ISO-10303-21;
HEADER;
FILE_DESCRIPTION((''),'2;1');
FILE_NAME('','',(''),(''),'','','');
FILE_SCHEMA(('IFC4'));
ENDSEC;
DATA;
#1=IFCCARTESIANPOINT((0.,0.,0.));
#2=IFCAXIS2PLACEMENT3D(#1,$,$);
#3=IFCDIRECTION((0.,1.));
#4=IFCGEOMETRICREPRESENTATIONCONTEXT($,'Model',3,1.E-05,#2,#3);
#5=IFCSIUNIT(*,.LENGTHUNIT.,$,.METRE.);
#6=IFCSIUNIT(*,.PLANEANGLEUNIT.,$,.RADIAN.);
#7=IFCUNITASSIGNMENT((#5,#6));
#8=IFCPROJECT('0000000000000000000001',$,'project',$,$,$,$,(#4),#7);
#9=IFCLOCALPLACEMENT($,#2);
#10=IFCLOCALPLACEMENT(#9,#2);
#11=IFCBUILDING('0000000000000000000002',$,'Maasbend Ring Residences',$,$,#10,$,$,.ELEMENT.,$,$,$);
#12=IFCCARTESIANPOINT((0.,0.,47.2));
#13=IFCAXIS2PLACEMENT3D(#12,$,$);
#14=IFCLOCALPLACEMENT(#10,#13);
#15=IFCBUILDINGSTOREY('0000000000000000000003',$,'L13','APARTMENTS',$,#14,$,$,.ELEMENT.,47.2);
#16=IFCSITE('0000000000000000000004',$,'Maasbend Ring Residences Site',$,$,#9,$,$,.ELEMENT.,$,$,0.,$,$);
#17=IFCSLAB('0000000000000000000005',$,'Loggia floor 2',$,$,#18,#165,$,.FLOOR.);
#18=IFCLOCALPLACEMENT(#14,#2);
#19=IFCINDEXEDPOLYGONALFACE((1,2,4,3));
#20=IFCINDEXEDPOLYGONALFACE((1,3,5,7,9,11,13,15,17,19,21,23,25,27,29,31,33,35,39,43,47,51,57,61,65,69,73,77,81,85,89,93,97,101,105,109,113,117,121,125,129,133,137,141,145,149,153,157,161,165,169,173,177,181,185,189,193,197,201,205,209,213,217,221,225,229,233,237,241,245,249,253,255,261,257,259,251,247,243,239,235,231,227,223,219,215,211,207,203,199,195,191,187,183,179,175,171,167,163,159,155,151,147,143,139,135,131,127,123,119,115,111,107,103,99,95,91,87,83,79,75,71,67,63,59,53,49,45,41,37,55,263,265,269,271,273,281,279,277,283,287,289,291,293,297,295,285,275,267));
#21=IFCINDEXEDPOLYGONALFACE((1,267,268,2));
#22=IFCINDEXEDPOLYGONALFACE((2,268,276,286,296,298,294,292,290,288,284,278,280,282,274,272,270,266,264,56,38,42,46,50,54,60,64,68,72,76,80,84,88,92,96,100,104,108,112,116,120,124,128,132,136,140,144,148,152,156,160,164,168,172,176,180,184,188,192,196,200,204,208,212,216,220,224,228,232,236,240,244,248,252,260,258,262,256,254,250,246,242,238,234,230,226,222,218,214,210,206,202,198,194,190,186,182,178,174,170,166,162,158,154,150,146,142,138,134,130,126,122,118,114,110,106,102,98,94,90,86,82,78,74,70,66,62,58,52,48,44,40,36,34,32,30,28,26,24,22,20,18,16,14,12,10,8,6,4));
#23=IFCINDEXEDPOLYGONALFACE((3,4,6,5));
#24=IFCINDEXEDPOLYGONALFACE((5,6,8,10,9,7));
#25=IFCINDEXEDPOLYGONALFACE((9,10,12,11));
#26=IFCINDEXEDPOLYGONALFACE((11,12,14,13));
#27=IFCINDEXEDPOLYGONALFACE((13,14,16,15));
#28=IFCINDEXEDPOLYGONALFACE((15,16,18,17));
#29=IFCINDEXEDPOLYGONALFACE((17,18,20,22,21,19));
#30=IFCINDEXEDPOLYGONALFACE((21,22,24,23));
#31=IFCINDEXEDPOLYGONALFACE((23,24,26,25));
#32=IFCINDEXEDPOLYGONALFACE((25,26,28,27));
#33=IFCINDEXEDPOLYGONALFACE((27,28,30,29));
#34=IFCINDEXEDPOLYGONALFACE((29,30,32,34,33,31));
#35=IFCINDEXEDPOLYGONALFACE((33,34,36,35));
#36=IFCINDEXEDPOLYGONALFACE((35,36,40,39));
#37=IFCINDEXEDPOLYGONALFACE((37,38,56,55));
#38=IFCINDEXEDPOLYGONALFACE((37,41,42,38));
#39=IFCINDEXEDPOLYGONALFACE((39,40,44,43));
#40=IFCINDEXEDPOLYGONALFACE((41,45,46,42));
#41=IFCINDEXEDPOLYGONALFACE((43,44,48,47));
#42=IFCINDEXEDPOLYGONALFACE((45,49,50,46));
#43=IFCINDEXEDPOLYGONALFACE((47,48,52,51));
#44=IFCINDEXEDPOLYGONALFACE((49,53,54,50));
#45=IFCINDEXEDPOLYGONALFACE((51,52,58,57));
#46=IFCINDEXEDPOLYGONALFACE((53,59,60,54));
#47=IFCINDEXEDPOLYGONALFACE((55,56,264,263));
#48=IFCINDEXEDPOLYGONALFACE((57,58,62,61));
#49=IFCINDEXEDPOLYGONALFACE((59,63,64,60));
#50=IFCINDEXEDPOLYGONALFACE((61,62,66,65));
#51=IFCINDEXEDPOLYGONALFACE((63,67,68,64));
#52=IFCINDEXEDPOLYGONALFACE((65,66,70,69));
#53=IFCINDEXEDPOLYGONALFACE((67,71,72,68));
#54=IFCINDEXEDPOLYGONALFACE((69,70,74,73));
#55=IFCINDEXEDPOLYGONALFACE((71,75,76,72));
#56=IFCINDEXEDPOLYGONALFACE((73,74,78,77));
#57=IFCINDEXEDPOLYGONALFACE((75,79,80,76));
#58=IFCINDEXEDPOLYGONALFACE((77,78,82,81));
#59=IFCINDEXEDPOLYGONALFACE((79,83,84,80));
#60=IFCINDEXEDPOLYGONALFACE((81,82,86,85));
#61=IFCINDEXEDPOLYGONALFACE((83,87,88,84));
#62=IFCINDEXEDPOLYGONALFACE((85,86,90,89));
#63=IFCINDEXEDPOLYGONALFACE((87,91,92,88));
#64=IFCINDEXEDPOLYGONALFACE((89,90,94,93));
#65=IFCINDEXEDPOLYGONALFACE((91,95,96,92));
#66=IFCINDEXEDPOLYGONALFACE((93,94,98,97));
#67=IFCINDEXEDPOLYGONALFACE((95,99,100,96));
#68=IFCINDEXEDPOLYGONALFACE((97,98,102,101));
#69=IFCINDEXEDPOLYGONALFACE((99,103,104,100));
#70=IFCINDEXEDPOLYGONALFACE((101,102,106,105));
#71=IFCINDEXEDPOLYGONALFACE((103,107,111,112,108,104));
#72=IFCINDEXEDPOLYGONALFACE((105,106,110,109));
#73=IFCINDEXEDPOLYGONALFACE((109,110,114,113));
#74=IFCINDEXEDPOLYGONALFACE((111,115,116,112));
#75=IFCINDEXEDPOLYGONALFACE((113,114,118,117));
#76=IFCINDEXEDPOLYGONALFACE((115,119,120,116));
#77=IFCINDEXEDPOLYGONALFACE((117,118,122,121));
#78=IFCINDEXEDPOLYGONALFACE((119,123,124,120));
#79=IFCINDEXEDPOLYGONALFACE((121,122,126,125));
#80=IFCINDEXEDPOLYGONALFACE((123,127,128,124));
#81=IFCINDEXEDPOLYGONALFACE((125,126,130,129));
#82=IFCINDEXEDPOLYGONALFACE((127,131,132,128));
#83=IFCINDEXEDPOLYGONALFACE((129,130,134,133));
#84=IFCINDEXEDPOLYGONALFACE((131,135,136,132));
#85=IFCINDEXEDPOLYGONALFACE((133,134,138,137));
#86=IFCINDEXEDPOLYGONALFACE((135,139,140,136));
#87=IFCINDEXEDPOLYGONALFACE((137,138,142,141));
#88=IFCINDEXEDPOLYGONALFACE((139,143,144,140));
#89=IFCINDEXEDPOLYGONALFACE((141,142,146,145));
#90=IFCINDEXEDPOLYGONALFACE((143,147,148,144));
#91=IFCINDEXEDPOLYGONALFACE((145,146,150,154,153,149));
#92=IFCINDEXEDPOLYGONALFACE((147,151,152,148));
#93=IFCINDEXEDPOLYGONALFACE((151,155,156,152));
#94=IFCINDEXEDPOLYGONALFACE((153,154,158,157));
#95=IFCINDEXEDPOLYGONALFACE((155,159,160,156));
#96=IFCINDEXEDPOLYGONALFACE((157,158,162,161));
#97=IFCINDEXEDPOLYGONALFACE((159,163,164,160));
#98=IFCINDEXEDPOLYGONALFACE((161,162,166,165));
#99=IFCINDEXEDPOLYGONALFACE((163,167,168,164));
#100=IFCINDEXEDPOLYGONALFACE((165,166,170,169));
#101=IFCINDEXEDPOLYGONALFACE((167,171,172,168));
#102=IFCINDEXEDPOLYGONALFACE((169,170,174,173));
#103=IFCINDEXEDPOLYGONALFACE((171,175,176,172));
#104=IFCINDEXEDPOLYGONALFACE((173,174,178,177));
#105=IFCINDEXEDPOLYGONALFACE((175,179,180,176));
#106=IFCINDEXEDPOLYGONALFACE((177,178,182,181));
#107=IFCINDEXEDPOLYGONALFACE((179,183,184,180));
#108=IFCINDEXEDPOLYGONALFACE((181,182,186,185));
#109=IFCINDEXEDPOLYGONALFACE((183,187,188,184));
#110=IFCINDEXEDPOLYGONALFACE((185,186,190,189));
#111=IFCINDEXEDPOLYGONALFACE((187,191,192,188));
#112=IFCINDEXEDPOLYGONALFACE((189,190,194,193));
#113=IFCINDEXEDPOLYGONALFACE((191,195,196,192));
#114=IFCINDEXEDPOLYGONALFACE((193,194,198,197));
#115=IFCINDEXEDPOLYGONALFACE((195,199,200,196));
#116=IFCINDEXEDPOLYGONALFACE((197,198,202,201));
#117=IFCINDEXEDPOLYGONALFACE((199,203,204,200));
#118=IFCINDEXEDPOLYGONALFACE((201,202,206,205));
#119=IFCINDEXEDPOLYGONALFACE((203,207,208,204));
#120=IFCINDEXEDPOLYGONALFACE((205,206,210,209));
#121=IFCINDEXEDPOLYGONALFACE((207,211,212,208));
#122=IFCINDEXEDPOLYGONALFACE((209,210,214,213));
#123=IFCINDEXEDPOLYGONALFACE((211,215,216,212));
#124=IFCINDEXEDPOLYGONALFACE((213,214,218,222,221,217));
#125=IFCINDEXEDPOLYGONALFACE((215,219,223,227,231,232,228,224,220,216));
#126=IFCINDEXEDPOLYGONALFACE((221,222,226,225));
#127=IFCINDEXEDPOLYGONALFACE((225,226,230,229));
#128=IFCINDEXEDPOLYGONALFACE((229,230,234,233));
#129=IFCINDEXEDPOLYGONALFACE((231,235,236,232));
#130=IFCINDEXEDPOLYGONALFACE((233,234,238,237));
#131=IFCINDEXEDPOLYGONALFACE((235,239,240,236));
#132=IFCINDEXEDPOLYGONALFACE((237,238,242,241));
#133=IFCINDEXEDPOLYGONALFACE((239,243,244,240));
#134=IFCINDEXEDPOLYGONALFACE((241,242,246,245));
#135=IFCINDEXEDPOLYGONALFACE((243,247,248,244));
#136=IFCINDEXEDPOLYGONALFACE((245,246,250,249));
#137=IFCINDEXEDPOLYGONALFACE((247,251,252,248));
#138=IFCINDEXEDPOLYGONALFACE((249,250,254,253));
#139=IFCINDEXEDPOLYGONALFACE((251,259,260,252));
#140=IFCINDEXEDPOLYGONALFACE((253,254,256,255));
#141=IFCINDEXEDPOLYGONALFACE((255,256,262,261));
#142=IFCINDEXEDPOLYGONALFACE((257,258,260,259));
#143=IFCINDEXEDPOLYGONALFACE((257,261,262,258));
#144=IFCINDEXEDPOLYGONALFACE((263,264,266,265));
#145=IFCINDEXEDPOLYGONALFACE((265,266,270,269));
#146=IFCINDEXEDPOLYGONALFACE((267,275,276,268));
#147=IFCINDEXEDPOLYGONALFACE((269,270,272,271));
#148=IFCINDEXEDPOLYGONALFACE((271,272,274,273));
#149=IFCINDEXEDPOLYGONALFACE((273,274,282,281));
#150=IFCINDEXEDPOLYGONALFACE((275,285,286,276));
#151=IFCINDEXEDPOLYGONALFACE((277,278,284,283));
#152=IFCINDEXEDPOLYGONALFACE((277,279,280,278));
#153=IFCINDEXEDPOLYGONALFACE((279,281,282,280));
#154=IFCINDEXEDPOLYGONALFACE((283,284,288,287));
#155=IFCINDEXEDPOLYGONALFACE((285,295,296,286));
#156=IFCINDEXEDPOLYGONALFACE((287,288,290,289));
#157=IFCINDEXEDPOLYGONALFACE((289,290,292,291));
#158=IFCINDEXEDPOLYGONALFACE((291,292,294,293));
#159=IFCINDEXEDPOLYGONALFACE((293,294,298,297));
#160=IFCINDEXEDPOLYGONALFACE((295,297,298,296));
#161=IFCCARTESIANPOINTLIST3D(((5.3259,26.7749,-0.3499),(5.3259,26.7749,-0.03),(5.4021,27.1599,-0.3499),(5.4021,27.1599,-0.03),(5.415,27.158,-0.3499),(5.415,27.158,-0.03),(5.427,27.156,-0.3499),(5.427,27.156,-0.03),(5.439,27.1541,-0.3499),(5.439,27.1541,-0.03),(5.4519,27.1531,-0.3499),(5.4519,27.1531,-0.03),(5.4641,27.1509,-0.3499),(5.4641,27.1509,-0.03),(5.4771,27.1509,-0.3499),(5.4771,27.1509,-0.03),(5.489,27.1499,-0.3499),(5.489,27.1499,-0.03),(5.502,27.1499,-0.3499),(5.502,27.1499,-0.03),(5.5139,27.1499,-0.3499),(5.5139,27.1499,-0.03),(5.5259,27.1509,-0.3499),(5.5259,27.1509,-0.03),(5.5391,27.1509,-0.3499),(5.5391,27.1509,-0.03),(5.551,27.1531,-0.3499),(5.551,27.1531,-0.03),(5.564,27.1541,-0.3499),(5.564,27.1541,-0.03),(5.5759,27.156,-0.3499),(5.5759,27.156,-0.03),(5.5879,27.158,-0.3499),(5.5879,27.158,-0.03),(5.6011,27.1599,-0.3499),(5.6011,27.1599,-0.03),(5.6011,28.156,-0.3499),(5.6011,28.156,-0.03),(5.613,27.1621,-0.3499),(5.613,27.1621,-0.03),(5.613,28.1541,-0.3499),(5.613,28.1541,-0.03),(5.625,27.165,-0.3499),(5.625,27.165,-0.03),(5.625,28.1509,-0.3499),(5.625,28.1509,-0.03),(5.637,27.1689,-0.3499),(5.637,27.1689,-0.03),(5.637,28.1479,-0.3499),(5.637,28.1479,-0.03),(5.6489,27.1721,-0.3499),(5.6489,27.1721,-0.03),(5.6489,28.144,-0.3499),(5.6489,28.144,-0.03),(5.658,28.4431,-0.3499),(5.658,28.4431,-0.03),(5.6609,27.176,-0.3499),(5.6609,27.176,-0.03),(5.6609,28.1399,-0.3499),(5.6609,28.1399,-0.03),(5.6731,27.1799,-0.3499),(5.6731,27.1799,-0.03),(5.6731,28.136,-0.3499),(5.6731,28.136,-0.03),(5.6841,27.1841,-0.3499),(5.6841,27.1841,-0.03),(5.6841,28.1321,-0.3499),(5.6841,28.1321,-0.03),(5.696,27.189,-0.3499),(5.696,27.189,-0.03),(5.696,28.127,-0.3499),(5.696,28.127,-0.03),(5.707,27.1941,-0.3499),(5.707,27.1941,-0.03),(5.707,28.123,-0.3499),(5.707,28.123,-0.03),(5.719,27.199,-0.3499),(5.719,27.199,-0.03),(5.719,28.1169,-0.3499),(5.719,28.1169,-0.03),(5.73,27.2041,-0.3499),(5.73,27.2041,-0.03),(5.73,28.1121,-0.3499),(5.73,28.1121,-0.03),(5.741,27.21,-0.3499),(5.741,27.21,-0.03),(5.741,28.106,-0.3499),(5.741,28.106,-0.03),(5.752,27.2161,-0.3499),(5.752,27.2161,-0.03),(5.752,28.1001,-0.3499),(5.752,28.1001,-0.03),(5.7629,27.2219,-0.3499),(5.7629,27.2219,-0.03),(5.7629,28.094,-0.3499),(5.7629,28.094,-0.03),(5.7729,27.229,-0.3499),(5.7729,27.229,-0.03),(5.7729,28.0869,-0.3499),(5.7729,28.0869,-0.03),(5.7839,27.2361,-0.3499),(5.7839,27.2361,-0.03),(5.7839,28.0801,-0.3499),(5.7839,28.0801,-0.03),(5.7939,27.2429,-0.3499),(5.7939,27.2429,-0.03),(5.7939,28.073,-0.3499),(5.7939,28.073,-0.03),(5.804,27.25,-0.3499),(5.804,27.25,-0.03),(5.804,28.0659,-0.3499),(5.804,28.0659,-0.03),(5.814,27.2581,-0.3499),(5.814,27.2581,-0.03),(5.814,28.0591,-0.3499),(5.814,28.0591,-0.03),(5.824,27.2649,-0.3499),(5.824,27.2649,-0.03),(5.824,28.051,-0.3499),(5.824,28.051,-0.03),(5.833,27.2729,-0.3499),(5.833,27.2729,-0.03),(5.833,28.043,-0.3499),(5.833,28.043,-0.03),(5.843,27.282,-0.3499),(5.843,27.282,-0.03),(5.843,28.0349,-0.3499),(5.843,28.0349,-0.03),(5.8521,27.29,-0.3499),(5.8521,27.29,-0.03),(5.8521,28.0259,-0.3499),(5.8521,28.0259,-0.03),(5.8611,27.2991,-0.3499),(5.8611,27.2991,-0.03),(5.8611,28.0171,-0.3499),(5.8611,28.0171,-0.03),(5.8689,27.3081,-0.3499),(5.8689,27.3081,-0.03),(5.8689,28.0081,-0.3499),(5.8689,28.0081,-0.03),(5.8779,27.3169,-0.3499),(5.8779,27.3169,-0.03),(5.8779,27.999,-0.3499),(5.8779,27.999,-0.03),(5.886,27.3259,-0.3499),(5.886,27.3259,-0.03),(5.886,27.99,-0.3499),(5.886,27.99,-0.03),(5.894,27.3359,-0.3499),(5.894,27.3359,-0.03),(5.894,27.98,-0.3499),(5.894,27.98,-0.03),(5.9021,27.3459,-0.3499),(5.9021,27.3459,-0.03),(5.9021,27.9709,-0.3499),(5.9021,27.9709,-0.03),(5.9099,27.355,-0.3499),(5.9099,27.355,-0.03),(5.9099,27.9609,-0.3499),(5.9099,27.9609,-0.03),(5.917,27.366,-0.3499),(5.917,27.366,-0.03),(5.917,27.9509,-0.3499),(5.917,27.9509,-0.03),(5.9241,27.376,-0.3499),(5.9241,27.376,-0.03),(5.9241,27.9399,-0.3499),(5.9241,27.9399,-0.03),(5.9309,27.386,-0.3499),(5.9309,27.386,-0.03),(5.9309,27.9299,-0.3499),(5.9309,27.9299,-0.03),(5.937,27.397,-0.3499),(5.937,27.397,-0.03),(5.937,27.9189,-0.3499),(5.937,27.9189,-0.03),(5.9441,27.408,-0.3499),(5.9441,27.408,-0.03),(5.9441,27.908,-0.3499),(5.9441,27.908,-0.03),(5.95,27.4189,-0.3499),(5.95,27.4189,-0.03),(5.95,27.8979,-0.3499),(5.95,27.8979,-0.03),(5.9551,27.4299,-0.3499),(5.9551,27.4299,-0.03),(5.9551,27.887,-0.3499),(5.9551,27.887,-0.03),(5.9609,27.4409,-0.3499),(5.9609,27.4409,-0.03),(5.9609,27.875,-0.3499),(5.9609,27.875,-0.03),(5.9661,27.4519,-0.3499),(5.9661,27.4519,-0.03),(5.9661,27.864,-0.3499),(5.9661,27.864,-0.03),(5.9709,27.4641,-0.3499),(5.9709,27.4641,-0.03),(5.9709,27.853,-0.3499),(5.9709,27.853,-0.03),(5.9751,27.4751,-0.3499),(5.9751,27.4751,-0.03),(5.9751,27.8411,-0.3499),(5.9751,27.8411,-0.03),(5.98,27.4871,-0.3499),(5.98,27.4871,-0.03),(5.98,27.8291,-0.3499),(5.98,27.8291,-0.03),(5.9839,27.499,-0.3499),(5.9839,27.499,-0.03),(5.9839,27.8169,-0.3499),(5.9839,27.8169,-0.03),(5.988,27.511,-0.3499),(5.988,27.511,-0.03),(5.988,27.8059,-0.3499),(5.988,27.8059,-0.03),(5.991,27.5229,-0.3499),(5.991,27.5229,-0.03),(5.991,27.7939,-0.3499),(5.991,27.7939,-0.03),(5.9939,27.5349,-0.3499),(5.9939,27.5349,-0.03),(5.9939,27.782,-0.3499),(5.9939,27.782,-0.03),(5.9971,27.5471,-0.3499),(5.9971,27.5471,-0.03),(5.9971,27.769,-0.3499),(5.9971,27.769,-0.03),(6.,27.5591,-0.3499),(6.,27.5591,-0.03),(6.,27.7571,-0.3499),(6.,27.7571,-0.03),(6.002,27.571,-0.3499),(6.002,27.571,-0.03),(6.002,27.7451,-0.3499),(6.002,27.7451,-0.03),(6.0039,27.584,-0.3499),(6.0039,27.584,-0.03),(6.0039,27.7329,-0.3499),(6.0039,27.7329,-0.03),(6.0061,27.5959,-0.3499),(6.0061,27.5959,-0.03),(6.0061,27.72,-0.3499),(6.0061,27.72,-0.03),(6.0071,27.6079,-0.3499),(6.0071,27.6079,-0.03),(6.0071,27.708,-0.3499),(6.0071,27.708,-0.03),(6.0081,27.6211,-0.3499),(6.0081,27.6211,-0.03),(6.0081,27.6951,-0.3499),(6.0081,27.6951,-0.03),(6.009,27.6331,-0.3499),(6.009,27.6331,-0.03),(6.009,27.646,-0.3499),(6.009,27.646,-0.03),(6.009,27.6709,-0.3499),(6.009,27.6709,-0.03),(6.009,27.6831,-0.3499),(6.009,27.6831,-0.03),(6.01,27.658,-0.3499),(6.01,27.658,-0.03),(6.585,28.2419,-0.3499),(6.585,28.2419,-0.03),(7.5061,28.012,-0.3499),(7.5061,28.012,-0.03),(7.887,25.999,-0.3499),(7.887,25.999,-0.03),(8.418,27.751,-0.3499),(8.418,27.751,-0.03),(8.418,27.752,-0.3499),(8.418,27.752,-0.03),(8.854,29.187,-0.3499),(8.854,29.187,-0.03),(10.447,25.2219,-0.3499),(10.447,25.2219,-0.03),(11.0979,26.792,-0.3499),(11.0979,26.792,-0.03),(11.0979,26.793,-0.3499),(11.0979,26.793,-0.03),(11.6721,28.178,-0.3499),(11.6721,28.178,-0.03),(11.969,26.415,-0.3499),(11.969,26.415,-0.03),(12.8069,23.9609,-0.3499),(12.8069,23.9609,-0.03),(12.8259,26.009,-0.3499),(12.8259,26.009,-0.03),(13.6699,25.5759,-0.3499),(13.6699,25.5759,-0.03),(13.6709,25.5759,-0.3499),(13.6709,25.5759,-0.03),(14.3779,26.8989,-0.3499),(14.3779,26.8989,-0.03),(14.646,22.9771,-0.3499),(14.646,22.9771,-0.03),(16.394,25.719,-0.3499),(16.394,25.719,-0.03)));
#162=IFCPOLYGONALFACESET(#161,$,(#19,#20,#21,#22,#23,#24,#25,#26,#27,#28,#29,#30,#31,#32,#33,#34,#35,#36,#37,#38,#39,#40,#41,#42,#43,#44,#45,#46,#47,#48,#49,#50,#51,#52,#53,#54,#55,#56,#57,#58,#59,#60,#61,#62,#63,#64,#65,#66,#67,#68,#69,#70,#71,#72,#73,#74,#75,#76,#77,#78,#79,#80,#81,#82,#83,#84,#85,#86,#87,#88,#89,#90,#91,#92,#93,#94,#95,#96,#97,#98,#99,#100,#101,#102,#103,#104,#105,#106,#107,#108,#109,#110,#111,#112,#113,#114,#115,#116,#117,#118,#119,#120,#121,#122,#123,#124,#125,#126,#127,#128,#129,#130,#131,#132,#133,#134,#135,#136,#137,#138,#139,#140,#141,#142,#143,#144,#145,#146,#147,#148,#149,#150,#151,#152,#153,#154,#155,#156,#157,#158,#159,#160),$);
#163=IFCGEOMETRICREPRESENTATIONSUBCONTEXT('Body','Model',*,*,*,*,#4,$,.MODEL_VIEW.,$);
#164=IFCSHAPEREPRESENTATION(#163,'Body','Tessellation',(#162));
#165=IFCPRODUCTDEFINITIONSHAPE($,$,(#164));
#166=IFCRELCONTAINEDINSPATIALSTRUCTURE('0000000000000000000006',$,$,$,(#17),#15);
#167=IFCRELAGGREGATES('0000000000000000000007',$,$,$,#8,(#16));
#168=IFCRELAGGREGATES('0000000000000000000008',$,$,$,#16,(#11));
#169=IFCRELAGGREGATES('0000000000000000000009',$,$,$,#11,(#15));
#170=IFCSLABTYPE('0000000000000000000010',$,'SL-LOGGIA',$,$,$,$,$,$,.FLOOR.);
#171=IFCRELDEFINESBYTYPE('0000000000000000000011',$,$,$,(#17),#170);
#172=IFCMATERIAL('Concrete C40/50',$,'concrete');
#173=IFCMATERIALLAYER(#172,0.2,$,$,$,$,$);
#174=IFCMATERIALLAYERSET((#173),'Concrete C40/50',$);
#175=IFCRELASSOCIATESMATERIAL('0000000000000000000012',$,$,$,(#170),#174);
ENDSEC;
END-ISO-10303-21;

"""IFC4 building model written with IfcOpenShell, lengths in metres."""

from ifc_helpers import new_model, si_unit, direction, frame, origin, place, context, subcontext, project, spatial, polyline, outline, extrude, material, layer, layer_set, type_object, element, save


model = new_model("IFC4")

# Units and contexts
model_context = context("Model", 3, precision=1e-05, world=origin(), true_north=direction((0.0, 1.0)))
body_context = subcontext(model_context, "Body", "Model", "MODEL_VIEW")
ifc_project = project(units=[si_unit("LENGTHUNIT", "METRE"), si_unit("PLANEANGLEUNIT", "RADIAN")], contexts=[model_context])

# Site, building, storey
site_placement = place(None, origin())
site = spatial("IfcSite", under=ifc_project, at=site_placement, Name="Maasbend Ring Residences Site", CompositionType="ELEMENT", RefElevation=0.0)
building_placement = place(site_placement, origin())
building = spatial("IfcBuilding", under=site, at=building_placement, Name="Maasbend Ring Residences", CompositionType="ELEMENT")
storey_placement = place(building_placement, frame((0.0, 0.0, 47.2)))
storey = spatial("IfcBuildingStorey", under=building, at=storey_placement, Name="L13", Description="APARTMENTS", CompositionType="ELEMENT", Elevation=47.2)

# Slab
ifc_material_1 = material(Name="Concrete C40/50", Category="concrete")
ifc_layer_1 = layer(ifc_material_1, 0.2)
ifc_layer_set_1 = layer_set([ifc_layer_1], Name="Concrete C40/50")
slab_type_1 = type_object("IfcSlabType", Name="SL-LOGGIA", PredefinedType="FLOOR", material=ifc_layer_set_1)
slab_1_placement = place(storey_placement, frame((0.0, 0.0, -0.3499)))
element("IfcSlab", 1, at=slab_1_placement, inside=storey, type_object=slab_type_1, Name="Loggia floor 2", PredefinedType="FLOOR", context=body_context, shape_type="SweptSolid", body=[
    extrude(outline(polyline([(5.439, 27.1541), (5.4519, 27.1531), (5.4641, 27.1509), (5.4771, 27.1509), (5.489, 27.1499), (5.502, 27.1499), (5.5139, 27.1499), (5.5259, 27.1509), (5.5391, 27.1509), (5.551, 27.1531), (5.564, 27.1541), (5.5759, 27.156), (5.5879, 27.158), (5.6011, 27.1599), (5.613, 27.1621), (5.625, 27.165), (5.637, 27.1689), (5.6489, 27.1721), (5.6609, 27.176), (5.6731, 27.1799), (5.6841, 27.1841), (5.696, 27.189), (5.707, 27.1941), (5.719, 27.199), (5.73, 27.2041), (5.741, 27.21), (5.752, 27.2161), (5.7629, 27.2219), (5.7729, 27.229), (5.7839, 27.2361), (5.7939, 27.2429), (5.804, 27.25), (5.814, 27.2581), (5.824, 27.2649), (5.833, 27.2729), (5.843, 27.282), (5.8521, 27.29), (5.8611, 27.2991), (5.8689, 27.3081), (5.8779, 27.3169), (5.886, 27.3259), (5.894, 27.3359), (5.9021, 27.3459), (5.9099, 27.355), (5.917, 27.366), (5.9241, 27.376), (5.9309, 27.386), (5.937, 27.397), (5.9441, 27.408), (5.95, 27.4189), (5.9551, 27.4299), (5.9609, 27.4409), (5.9661, 27.4519), (5.9709, 27.4641), (5.9751, 27.4751), (5.98, 27.4871), (5.9839, 27.499), (5.988, 27.511), (5.991, 27.5229), (5.9939, 27.5349), (5.9971, 27.5471), (6.0, 27.5591), (6.002, 27.571), (6.0039, 27.584), (6.0061, 27.5959), (6.0071, 27.6079), (6.0081, 27.6211), (6.009, 27.6331), (6.009, 27.646), (6.01, 27.658), (6.009, 27.6709), (6.009, 27.6831), (6.0081, 27.6951), (6.0071, 27.708), (6.0061, 27.72), (6.0039, 27.7329), (6.002, 27.7451), (6.0, 27.7571), (5.9971, 27.769), (5.9939, 27.782), (5.991, 27.7939), (5.988, 27.8059), (5.9839, 27.8169), (5.98, 27.8291), (5.9751, 27.8411), (5.9709, 27.853), (5.9661, 27.864), (5.9609, 27.875), (5.9551, 27.887), (5.95, 27.8979), (5.9441, 27.908), (5.937, 27.9189), (5.9309, 27.9299), (5.9241, 27.9399), (5.917, 27.9509), (5.9099, 27.9609), (5.9021, 27.9709), (5.894, 27.98), (5.886, 27.99), (5.8779, 27.999), (5.8689, 28.0081), (5.8611, 28.0171), (5.8521, 28.0259), (5.843, 28.0349), (5.833, 28.043), (5.824, 28.051), (5.814, 28.0591), (5.804, 28.0659), (5.7939, 28.073), (5.7839, 28.0801), (5.7729, 28.0869), (5.7629, 28.094), (5.752, 28.1001), (5.741, 28.106), (5.73, 28.1121), (5.719, 28.1169), (5.707, 28.123), (5.696, 28.127), (5.6841, 28.1321), (5.6731, 28.136), (5.6609, 28.1399), (5.6489, 28.144), (5.637, 28.1479), (5.625, 28.1509), (5.613, 28.1541), (5.6011, 28.156), (5.658, 28.4431), (5.658, 28.4431), (5.658, 28.4431), (6.585, 28.2419), (6.585, 28.2419), (7.5061, 28.012), (7.5061, 28.012), (8.418, 27.751), (8.418, 27.751), (8.418, 27.751), (8.418, 27.751), (8.418, 27.751), (8.418, 27.751), (8.418, 27.751), (8.418, 27.751), (8.418, 27.751), (8.418, 27.751), (8.418, 27.752), (8.418, 27.752), (8.418, 27.752), (8.418, 27.752), (8.418, 27.752), (8.418, 27.752), (8.418, 27.752), (8.854, 29.187), (8.854, 29.187), (8.854, 29.187), (11.6721, 28.178), (11.6721, 28.178), (11.6721, 28.178), (11.0979, 26.793), (11.0979, 26.793), (11.0979, 26.793), (11.0979, 26.793), (11.0979, 26.793), (11.0979, 26.793), (11.0979, 26.793), (11.0979, 26.793), (11.0979, 26.793), (11.0979, 26.793), (11.0979, 26.792), (11.0979, 26.792), (11.0979, 26.792), (11.0979, 26.792), (11.0979, 26.792), (11.0979, 26.792), (11.0979, 26.792), (11.969, 26.415), (11.969, 26.415), (12.8259, 26.009), (12.8259, 26.009), (13.6699, 25.5759), (13.6699, 25.5759), (13.6699, 25.5759), (13.6699, 25.5759), (13.6699, 25.5759), (13.6699, 25.5759), (13.6699, 25.5759), (13.6699, 25.5759), (13.6699, 25.5759), (13.6699, 25.5759), (13.6709, 25.5759), (13.6709, 25.5759), (13.6709, 25.5759), (13.6709, 25.5759), (13.6709, 25.5759), (13.6709, 25.5759), (13.6709, 25.5759), (14.3779, 26.8989), (14.3779, 26.8989), (14.3779, 26.8989), (16.394, 25.719), (16.394, 25.719), (16.394, 25.719), (14.646, 22.9771), (14.646, 22.9771), (14.646, 22.9771), (12.8069, 23.9609), (10.447, 25.2219), (10.447, 25.2219), (10.447, 25.2219), (7.887, 25.999), (5.3259, 26.7749), (5.3259, 26.7749), (5.3259, 26.7749), (5.4021, 27.1599), (5.415, 27.158), (5.427, 27.156), (5.439, 27.1541)])), origin(), (0.0, 0.0, 1.0), 0.3198),
])

save(model, "model.ifc")
